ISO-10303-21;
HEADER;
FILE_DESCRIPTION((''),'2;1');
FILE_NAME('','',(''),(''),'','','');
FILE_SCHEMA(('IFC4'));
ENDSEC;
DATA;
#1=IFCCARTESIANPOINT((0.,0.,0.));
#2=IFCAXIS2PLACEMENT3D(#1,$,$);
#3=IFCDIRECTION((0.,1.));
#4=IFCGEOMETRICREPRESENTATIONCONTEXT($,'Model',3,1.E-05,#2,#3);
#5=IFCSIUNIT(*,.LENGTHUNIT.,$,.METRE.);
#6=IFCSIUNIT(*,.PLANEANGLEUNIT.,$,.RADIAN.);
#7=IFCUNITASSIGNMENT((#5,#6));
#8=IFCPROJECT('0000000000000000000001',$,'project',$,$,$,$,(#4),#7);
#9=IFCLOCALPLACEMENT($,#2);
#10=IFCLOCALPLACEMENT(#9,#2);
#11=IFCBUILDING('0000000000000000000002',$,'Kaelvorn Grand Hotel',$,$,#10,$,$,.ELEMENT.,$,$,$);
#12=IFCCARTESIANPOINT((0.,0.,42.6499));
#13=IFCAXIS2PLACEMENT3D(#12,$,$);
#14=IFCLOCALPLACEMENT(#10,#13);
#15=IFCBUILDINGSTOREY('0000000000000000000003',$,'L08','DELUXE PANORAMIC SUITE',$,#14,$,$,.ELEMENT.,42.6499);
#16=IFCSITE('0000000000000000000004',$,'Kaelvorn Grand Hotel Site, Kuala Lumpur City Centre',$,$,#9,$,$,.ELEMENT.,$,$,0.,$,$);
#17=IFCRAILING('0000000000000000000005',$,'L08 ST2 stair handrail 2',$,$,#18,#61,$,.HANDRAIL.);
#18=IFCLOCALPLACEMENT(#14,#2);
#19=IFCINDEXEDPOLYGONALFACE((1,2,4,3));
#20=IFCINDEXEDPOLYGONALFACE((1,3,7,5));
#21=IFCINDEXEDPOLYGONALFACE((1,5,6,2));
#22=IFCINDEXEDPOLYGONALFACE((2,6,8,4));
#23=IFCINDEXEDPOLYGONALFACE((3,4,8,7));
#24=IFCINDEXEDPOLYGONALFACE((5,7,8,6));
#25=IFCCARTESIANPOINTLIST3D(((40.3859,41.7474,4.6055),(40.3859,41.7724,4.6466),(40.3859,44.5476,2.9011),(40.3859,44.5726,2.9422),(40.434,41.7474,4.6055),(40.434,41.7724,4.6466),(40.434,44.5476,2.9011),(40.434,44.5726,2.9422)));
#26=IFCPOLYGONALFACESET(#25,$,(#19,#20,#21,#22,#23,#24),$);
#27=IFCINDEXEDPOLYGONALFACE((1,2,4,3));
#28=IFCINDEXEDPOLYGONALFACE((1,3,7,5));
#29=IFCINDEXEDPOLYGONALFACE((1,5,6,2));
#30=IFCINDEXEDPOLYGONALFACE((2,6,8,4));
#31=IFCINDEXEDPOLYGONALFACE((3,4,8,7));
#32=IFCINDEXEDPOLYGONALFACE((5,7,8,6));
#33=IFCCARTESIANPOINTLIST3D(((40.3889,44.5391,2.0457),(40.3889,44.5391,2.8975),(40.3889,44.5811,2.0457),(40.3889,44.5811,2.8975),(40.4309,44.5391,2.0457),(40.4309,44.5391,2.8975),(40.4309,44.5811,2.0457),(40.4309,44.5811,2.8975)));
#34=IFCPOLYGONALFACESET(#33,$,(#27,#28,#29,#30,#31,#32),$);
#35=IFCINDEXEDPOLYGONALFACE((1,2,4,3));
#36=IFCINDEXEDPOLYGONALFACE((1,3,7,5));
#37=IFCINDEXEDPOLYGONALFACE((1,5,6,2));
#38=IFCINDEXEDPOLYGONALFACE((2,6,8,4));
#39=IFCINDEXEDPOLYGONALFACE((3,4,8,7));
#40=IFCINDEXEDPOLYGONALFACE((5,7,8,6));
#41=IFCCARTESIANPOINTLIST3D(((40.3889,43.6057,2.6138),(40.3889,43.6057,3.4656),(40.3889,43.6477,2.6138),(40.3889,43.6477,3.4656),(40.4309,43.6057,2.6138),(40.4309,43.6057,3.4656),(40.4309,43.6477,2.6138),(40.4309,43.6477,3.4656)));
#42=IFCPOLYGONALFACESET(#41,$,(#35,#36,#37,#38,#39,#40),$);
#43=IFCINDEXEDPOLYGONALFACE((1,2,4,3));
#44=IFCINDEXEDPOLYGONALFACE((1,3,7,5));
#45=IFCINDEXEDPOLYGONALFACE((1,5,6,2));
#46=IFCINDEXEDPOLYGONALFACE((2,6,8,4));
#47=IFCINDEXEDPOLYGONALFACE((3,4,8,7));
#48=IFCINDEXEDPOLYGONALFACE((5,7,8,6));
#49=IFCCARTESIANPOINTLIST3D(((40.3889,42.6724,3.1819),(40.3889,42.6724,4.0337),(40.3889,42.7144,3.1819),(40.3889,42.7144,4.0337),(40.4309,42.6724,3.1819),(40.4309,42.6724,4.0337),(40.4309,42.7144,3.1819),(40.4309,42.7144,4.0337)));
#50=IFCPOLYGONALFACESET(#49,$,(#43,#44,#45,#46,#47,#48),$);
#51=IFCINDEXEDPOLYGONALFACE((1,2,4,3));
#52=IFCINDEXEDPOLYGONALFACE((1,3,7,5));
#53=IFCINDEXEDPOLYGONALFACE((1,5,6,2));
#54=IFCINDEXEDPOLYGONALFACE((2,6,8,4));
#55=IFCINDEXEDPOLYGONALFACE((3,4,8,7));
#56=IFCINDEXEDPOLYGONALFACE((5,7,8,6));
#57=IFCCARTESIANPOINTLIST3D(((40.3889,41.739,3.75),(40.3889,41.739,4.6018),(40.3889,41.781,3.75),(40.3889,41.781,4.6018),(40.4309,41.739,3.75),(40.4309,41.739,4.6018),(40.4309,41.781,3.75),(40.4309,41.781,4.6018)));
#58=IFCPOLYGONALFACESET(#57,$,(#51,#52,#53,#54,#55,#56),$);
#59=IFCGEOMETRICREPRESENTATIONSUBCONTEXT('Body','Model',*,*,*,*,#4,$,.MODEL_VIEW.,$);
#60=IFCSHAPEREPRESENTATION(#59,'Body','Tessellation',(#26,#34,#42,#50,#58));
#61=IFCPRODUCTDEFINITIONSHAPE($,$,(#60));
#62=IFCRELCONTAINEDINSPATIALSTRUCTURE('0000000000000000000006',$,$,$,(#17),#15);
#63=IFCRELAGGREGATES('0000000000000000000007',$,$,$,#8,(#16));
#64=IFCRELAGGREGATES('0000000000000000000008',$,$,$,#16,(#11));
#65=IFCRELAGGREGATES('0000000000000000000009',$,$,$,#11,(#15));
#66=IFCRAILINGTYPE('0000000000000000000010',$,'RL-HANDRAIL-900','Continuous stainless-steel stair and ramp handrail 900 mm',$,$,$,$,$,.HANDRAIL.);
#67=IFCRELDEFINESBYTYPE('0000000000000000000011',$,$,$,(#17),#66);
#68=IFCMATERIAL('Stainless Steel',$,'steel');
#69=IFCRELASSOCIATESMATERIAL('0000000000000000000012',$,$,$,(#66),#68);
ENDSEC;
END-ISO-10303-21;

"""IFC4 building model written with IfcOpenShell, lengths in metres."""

from ifc_helpers import new_model, si_unit, direction, frame, origin, origin_2d, place, context, subcontext, project, spatial, rectangle, extrude, material, type_object, element, save


model = new_model("IFC4")

# Units and contexts
model_context = context("Model", 3, precision=1e-05, world=origin(), true_north=direction((0.0, 1.0)))
body_context = subcontext(model_context, "Body", "Model", "MODEL_VIEW")
ifc_project = project(units=[si_unit("LENGTHUNIT", "METRE"), si_unit("PLANEANGLEUNIT", "RADIAN")], contexts=[model_context])

# Site, building, storey
site_placement = place(None, origin())
site = spatial("IfcSite", under=ifc_project, at=site_placement, Name="Kaelvorn Grand Hotel Site, Kuala Lumpur City Centre", CompositionType="ELEMENT", RefElevation=0.0)
building_placement = place(site_placement, origin())
building = spatial("IfcBuilding", under=site, at=building_placement, Name="Kaelvorn Grand Hotel", CompositionType="ELEMENT")
storey_placement = place(building_placement, frame((0.0, 0.0, 42.6499)))
storey = spatial("IfcBuildingStorey", under=building, at=storey_placement, Name="L08", Description="DELUXE PANORAMIC SUITE", CompositionType="ELEMENT", Elevation=42.6499)

# Railing
ifc_material_1 = material(Name="Stainless Steel", Category="steel")
railing_type = type_object("IfcRailingType", Name="RL-HANDRAIL-900", Description="Continuous stainless-steel stair and ramp handrail 900 mm", PredefinedType="HANDRAIL", material=ifc_material_1)
railing_placement = place(storey_placement, frame((40.4099, 44.5601, 2.0457)))
element("IfcRailing", 1, at=railing_placement, inside=storey, type_object=railing_type, Name="L08 ST2 stair handrail 2", PredefinedType="HANDRAIL", context=body_context, shape_type="SweptSolid", body=[
    extrude(rectangle(XDim=0.0481, YDim=0.0481, at=origin_2d()), frame((0.0, 0.0, 0.876), z_axis=(0.0, -0.854203, 0.51994), x_axis=(1.0, 0.0, 0.0)), (0.0, 0.0, 1.0), 3.2781),
    extrude(rectangle(XDim=0.042, YDim=0.042, at=origin_2d()), origin(), (0.0, 0.0, 1.0), 0.8518),
    extrude(rectangle(XDim=0.042, YDim=0.042, at=origin_2d()), frame((0.0, -0.9333, 0.5681)), (0.0, 0.0, 1.0), 0.8518),
    extrude(rectangle(XDim=0.042, YDim=0.042, at=origin_2d()), frame((0.0, -1.8667, 1.1362)), (0.0, 0.0, 1.0), 0.8518),
    extrude(rectangle(XDim=0.042, YDim=0.042, at=origin_2d()), frame((0.0, -2.8, 1.7043)), (0.0, 0.0, 1.0), 0.8518),
])

save(model, "model.ifc")
